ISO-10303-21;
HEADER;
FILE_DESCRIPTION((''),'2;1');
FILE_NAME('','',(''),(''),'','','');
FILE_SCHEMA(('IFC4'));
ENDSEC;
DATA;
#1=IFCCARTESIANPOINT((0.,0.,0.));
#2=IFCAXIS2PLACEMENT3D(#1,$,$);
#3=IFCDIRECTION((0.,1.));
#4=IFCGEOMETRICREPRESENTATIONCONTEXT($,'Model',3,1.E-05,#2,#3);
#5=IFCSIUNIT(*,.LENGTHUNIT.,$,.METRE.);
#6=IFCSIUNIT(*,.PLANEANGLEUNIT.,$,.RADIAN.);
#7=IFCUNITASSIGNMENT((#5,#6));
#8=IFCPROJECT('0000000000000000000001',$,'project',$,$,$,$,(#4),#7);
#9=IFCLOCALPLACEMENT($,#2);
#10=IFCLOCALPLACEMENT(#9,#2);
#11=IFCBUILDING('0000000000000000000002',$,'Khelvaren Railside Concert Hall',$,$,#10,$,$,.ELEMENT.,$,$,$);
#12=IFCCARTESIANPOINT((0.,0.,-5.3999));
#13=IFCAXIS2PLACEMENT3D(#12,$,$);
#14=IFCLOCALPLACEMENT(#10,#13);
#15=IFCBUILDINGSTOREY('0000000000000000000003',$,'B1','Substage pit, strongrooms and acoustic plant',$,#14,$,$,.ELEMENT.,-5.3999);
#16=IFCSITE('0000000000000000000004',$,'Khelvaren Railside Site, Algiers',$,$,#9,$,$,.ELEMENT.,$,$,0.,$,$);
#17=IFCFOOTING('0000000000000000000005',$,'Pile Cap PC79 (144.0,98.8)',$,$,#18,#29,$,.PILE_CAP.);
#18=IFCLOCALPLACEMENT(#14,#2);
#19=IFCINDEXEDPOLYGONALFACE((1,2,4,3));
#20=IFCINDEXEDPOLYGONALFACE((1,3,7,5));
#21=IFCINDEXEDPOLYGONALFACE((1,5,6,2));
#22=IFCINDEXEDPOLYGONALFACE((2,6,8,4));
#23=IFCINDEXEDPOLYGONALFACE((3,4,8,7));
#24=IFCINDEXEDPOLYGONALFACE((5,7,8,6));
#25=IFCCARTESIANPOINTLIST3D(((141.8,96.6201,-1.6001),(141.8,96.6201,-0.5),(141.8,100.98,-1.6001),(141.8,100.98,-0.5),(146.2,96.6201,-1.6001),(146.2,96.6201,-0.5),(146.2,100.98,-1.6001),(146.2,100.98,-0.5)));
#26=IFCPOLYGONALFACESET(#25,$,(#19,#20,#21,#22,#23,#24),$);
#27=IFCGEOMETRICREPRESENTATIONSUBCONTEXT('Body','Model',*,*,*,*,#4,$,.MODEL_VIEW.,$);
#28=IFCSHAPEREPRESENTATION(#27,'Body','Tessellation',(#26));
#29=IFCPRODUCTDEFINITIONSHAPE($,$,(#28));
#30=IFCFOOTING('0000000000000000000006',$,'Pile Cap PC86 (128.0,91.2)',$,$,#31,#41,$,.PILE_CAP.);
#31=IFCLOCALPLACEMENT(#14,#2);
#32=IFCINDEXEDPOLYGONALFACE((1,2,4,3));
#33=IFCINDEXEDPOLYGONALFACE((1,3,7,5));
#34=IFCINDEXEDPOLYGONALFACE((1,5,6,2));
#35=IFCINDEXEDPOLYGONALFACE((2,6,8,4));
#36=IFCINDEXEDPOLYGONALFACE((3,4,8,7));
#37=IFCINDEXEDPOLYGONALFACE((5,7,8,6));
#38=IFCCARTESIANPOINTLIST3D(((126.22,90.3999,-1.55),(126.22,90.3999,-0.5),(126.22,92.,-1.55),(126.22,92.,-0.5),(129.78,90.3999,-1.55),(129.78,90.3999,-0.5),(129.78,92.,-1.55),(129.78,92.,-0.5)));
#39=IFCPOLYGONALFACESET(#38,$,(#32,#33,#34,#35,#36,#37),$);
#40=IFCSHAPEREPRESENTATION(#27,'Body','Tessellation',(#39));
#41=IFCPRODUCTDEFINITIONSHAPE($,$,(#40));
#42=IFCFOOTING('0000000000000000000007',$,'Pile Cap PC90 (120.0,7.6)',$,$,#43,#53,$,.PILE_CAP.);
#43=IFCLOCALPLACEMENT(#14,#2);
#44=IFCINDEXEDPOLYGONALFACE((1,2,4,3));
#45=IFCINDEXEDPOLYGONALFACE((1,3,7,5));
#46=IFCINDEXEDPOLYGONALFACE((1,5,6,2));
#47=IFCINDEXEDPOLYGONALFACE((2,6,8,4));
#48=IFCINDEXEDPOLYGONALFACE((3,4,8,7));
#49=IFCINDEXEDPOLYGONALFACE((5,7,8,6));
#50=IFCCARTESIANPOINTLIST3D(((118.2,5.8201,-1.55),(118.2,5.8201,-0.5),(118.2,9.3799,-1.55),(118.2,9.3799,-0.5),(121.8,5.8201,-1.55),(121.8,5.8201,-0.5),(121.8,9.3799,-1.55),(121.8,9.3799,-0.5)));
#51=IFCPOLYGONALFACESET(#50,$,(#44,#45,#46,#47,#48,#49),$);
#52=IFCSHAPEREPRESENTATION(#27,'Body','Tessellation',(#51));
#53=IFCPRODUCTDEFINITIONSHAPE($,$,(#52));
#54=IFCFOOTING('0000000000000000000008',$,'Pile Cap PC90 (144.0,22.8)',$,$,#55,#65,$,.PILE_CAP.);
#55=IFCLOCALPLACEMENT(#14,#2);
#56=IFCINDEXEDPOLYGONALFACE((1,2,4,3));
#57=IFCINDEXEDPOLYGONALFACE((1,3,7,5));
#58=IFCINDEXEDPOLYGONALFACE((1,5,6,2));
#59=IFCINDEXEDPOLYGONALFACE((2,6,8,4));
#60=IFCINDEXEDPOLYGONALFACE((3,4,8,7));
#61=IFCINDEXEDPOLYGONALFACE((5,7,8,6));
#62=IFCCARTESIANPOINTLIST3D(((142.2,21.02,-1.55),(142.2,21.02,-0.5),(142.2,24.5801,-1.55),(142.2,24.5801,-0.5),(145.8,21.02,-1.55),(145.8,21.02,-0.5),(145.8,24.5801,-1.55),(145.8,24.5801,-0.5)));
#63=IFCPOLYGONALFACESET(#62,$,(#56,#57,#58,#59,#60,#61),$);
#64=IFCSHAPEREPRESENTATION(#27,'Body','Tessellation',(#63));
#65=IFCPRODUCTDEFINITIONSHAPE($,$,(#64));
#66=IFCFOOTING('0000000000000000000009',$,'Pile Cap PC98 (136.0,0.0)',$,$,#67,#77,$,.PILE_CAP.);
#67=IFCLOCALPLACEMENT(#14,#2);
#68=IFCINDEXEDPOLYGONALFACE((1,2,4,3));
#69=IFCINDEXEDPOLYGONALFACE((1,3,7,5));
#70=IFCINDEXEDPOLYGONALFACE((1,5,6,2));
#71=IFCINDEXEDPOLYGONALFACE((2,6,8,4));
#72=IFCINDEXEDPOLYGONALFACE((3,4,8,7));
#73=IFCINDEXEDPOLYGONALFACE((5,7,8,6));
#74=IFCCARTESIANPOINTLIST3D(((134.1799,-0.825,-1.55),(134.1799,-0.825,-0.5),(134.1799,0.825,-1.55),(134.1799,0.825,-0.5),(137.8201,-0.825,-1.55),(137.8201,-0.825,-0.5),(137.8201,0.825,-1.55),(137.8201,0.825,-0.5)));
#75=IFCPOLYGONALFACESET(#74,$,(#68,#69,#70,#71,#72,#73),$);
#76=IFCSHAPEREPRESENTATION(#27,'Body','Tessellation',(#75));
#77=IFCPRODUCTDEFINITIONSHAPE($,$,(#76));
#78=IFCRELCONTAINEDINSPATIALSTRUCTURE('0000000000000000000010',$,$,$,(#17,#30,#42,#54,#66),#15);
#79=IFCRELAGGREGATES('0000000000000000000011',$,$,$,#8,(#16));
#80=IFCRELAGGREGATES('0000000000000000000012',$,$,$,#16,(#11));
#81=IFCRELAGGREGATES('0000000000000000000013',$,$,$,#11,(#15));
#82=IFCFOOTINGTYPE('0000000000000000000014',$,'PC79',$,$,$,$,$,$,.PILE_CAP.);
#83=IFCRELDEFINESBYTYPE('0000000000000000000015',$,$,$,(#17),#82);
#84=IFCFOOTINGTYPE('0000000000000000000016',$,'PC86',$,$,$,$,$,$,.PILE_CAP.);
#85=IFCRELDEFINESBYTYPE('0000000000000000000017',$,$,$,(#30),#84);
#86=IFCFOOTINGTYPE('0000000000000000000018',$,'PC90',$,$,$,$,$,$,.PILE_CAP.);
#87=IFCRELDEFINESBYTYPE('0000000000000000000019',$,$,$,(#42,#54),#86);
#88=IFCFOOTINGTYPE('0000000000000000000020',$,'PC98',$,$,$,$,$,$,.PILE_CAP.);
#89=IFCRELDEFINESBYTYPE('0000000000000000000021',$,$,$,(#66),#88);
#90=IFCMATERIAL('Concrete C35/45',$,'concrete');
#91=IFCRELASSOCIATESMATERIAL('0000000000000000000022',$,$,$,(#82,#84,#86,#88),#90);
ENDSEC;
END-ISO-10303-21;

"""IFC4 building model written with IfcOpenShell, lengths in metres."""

from ifc_helpers import new_model, si_unit, direction, frame, origin, place, context, subcontext, project, spatial, polyline, outline, extrude, material, type_object, element, save


model = new_model("IFC4")

# Units and contexts
model_context = context("Model", 3, precision=1e-05, world=origin(), true_north=direction((0.0, 1.0)))
body_context = subcontext(model_context, "Body", "Model", "MODEL_VIEW")
ifc_project = project(units=[si_unit("LENGTHUNIT", "METRE"), si_unit("PLANEANGLEUNIT", "RADIAN")], contexts=[model_context])

# Site, building, storey
site_placement = place(None, origin())
site = spatial("IfcSite", under=ifc_project, at=site_placement, Name="Khelvaren Railside Site, Algiers", CompositionType="ELEMENT", RefElevation=0.0)
building_placement = place(site_placement, origin())
building = spatial("IfcBuilding", under=site, at=building_placement, Name="Khelvaren Railside Concert Hall", CompositionType="ELEMENT")
storey_placement = place(building_placement, frame((0.0, 0.0, -5.3999)))
storey = spatial("IfcBuildingStorey", under=building, at=storey_placement, Name="B1", Description="Substage pit, strongrooms and acoustic plant", CompositionType="ELEMENT", Elevation=-5.3999)

# Footings
ifc_material = material(Name="Concrete C35/45", Category="concrete")
footing_type_1 = type_object("IfcFootingType", Name="PC79", PredefinedType="PILE_CAP", material=ifc_material)
footing_1_placement = place(storey_placement, frame((0.0, 0.0, -1.6001)))
element("IfcFooting", 1, at=footing_1_placement, inside=storey, type_object=footing_type_1, Name="Pile Cap PC79 (144.0,98.8)", PredefinedType="PILE_CAP", context=body_context, shape_type="SweptSolid", body=[
    extrude(outline(polyline([(141.8, 96.6201), (146.2, 96.6201), (146.2, 100.98), (141.8, 100.98), (141.8, 96.6201)])), origin(), (0.0, 0.0, 1.0), 1.1001),
])
footing_type_2 = type_object("IfcFootingType", Name="PC86", PredefinedType="PILE_CAP", material=ifc_material)
footing_2_placement = place(storey_placement, frame((0.0, 0.0, -1.55)))
element("IfcFooting", 2, at=footing_2_placement, inside=storey, type_object=footing_type_2, Name="Pile Cap PC86 (128.0,91.2)", PredefinedType="PILE_CAP", context=body_context, shape_type="SweptSolid", body=[
    extrude(outline(polyline([(126.22, 90.3999), (129.78, 90.3999), (129.78, 92.0), (126.22, 92.0), (126.22, 90.3999)])), origin(), (0.0, 0.0, 1.0), 1.05),
])
footing_type_3 = type_object("IfcFootingType", Name="PC90", PredefinedType="PILE_CAP", material=ifc_material)
footing_3_placement = place(storey_placement, frame((0.0, 0.0, -1.55)))
element("IfcFooting", 3, at=footing_3_placement, inside=storey, type_object=footing_type_3, Name="Pile Cap PC90 (120.0,7.6)", PredefinedType="PILE_CAP", context=body_context, shape_type="SweptSolid", body=[
    extrude(outline(polyline([(118.2, 5.8201), (121.8, 5.8201), (121.8, 9.3799), (118.2, 9.3799), (118.2, 5.8201)])), origin(), (0.0, 0.0, 1.0), 1.05),
])
footing_4_placement = place(storey_placement, frame((0.0, 0.0, -1.55)))
element("IfcFooting", 4, at=footing_4_placement, inside=storey, type_object=footing_type_3, Name="Pile Cap PC90 (144.0,22.8)", PredefinedType="PILE_CAP", context=body_context, shape_type="SweptSolid", body=[
    extrude(outline(polyline([(142.2, 21.02), (145.8, 21.02), (145.8, 24.5801), (142.2, 24.5801), (142.2, 21.02)])), origin(), (0.0, 0.0, 1.0), 1.05),
])
footing_type_4 = type_object("IfcFootingType", Name="PC98", PredefinedType="PILE_CAP", material=ifc_material)
footing_5_placement = place(storey_placement, frame((0.0, 0.0, -1.55)))
element("IfcFooting", 5, at=footing_5_placement, inside=storey, type_object=footing_type_4, Name="Pile Cap PC98 (136.0,0.0)", PredefinedType="PILE_CAP", context=body_context, shape_type="SweptSolid", body=[
    extrude(outline(polyline([(134.1799, -0.825), (137.8201, -0.825), (137.8201, 0.825), (134.1799, 0.825), (134.1799, -0.825)])), origin(), (0.0, 0.0, 1.0), 1.05),
])

save(model, "model.ifc")
